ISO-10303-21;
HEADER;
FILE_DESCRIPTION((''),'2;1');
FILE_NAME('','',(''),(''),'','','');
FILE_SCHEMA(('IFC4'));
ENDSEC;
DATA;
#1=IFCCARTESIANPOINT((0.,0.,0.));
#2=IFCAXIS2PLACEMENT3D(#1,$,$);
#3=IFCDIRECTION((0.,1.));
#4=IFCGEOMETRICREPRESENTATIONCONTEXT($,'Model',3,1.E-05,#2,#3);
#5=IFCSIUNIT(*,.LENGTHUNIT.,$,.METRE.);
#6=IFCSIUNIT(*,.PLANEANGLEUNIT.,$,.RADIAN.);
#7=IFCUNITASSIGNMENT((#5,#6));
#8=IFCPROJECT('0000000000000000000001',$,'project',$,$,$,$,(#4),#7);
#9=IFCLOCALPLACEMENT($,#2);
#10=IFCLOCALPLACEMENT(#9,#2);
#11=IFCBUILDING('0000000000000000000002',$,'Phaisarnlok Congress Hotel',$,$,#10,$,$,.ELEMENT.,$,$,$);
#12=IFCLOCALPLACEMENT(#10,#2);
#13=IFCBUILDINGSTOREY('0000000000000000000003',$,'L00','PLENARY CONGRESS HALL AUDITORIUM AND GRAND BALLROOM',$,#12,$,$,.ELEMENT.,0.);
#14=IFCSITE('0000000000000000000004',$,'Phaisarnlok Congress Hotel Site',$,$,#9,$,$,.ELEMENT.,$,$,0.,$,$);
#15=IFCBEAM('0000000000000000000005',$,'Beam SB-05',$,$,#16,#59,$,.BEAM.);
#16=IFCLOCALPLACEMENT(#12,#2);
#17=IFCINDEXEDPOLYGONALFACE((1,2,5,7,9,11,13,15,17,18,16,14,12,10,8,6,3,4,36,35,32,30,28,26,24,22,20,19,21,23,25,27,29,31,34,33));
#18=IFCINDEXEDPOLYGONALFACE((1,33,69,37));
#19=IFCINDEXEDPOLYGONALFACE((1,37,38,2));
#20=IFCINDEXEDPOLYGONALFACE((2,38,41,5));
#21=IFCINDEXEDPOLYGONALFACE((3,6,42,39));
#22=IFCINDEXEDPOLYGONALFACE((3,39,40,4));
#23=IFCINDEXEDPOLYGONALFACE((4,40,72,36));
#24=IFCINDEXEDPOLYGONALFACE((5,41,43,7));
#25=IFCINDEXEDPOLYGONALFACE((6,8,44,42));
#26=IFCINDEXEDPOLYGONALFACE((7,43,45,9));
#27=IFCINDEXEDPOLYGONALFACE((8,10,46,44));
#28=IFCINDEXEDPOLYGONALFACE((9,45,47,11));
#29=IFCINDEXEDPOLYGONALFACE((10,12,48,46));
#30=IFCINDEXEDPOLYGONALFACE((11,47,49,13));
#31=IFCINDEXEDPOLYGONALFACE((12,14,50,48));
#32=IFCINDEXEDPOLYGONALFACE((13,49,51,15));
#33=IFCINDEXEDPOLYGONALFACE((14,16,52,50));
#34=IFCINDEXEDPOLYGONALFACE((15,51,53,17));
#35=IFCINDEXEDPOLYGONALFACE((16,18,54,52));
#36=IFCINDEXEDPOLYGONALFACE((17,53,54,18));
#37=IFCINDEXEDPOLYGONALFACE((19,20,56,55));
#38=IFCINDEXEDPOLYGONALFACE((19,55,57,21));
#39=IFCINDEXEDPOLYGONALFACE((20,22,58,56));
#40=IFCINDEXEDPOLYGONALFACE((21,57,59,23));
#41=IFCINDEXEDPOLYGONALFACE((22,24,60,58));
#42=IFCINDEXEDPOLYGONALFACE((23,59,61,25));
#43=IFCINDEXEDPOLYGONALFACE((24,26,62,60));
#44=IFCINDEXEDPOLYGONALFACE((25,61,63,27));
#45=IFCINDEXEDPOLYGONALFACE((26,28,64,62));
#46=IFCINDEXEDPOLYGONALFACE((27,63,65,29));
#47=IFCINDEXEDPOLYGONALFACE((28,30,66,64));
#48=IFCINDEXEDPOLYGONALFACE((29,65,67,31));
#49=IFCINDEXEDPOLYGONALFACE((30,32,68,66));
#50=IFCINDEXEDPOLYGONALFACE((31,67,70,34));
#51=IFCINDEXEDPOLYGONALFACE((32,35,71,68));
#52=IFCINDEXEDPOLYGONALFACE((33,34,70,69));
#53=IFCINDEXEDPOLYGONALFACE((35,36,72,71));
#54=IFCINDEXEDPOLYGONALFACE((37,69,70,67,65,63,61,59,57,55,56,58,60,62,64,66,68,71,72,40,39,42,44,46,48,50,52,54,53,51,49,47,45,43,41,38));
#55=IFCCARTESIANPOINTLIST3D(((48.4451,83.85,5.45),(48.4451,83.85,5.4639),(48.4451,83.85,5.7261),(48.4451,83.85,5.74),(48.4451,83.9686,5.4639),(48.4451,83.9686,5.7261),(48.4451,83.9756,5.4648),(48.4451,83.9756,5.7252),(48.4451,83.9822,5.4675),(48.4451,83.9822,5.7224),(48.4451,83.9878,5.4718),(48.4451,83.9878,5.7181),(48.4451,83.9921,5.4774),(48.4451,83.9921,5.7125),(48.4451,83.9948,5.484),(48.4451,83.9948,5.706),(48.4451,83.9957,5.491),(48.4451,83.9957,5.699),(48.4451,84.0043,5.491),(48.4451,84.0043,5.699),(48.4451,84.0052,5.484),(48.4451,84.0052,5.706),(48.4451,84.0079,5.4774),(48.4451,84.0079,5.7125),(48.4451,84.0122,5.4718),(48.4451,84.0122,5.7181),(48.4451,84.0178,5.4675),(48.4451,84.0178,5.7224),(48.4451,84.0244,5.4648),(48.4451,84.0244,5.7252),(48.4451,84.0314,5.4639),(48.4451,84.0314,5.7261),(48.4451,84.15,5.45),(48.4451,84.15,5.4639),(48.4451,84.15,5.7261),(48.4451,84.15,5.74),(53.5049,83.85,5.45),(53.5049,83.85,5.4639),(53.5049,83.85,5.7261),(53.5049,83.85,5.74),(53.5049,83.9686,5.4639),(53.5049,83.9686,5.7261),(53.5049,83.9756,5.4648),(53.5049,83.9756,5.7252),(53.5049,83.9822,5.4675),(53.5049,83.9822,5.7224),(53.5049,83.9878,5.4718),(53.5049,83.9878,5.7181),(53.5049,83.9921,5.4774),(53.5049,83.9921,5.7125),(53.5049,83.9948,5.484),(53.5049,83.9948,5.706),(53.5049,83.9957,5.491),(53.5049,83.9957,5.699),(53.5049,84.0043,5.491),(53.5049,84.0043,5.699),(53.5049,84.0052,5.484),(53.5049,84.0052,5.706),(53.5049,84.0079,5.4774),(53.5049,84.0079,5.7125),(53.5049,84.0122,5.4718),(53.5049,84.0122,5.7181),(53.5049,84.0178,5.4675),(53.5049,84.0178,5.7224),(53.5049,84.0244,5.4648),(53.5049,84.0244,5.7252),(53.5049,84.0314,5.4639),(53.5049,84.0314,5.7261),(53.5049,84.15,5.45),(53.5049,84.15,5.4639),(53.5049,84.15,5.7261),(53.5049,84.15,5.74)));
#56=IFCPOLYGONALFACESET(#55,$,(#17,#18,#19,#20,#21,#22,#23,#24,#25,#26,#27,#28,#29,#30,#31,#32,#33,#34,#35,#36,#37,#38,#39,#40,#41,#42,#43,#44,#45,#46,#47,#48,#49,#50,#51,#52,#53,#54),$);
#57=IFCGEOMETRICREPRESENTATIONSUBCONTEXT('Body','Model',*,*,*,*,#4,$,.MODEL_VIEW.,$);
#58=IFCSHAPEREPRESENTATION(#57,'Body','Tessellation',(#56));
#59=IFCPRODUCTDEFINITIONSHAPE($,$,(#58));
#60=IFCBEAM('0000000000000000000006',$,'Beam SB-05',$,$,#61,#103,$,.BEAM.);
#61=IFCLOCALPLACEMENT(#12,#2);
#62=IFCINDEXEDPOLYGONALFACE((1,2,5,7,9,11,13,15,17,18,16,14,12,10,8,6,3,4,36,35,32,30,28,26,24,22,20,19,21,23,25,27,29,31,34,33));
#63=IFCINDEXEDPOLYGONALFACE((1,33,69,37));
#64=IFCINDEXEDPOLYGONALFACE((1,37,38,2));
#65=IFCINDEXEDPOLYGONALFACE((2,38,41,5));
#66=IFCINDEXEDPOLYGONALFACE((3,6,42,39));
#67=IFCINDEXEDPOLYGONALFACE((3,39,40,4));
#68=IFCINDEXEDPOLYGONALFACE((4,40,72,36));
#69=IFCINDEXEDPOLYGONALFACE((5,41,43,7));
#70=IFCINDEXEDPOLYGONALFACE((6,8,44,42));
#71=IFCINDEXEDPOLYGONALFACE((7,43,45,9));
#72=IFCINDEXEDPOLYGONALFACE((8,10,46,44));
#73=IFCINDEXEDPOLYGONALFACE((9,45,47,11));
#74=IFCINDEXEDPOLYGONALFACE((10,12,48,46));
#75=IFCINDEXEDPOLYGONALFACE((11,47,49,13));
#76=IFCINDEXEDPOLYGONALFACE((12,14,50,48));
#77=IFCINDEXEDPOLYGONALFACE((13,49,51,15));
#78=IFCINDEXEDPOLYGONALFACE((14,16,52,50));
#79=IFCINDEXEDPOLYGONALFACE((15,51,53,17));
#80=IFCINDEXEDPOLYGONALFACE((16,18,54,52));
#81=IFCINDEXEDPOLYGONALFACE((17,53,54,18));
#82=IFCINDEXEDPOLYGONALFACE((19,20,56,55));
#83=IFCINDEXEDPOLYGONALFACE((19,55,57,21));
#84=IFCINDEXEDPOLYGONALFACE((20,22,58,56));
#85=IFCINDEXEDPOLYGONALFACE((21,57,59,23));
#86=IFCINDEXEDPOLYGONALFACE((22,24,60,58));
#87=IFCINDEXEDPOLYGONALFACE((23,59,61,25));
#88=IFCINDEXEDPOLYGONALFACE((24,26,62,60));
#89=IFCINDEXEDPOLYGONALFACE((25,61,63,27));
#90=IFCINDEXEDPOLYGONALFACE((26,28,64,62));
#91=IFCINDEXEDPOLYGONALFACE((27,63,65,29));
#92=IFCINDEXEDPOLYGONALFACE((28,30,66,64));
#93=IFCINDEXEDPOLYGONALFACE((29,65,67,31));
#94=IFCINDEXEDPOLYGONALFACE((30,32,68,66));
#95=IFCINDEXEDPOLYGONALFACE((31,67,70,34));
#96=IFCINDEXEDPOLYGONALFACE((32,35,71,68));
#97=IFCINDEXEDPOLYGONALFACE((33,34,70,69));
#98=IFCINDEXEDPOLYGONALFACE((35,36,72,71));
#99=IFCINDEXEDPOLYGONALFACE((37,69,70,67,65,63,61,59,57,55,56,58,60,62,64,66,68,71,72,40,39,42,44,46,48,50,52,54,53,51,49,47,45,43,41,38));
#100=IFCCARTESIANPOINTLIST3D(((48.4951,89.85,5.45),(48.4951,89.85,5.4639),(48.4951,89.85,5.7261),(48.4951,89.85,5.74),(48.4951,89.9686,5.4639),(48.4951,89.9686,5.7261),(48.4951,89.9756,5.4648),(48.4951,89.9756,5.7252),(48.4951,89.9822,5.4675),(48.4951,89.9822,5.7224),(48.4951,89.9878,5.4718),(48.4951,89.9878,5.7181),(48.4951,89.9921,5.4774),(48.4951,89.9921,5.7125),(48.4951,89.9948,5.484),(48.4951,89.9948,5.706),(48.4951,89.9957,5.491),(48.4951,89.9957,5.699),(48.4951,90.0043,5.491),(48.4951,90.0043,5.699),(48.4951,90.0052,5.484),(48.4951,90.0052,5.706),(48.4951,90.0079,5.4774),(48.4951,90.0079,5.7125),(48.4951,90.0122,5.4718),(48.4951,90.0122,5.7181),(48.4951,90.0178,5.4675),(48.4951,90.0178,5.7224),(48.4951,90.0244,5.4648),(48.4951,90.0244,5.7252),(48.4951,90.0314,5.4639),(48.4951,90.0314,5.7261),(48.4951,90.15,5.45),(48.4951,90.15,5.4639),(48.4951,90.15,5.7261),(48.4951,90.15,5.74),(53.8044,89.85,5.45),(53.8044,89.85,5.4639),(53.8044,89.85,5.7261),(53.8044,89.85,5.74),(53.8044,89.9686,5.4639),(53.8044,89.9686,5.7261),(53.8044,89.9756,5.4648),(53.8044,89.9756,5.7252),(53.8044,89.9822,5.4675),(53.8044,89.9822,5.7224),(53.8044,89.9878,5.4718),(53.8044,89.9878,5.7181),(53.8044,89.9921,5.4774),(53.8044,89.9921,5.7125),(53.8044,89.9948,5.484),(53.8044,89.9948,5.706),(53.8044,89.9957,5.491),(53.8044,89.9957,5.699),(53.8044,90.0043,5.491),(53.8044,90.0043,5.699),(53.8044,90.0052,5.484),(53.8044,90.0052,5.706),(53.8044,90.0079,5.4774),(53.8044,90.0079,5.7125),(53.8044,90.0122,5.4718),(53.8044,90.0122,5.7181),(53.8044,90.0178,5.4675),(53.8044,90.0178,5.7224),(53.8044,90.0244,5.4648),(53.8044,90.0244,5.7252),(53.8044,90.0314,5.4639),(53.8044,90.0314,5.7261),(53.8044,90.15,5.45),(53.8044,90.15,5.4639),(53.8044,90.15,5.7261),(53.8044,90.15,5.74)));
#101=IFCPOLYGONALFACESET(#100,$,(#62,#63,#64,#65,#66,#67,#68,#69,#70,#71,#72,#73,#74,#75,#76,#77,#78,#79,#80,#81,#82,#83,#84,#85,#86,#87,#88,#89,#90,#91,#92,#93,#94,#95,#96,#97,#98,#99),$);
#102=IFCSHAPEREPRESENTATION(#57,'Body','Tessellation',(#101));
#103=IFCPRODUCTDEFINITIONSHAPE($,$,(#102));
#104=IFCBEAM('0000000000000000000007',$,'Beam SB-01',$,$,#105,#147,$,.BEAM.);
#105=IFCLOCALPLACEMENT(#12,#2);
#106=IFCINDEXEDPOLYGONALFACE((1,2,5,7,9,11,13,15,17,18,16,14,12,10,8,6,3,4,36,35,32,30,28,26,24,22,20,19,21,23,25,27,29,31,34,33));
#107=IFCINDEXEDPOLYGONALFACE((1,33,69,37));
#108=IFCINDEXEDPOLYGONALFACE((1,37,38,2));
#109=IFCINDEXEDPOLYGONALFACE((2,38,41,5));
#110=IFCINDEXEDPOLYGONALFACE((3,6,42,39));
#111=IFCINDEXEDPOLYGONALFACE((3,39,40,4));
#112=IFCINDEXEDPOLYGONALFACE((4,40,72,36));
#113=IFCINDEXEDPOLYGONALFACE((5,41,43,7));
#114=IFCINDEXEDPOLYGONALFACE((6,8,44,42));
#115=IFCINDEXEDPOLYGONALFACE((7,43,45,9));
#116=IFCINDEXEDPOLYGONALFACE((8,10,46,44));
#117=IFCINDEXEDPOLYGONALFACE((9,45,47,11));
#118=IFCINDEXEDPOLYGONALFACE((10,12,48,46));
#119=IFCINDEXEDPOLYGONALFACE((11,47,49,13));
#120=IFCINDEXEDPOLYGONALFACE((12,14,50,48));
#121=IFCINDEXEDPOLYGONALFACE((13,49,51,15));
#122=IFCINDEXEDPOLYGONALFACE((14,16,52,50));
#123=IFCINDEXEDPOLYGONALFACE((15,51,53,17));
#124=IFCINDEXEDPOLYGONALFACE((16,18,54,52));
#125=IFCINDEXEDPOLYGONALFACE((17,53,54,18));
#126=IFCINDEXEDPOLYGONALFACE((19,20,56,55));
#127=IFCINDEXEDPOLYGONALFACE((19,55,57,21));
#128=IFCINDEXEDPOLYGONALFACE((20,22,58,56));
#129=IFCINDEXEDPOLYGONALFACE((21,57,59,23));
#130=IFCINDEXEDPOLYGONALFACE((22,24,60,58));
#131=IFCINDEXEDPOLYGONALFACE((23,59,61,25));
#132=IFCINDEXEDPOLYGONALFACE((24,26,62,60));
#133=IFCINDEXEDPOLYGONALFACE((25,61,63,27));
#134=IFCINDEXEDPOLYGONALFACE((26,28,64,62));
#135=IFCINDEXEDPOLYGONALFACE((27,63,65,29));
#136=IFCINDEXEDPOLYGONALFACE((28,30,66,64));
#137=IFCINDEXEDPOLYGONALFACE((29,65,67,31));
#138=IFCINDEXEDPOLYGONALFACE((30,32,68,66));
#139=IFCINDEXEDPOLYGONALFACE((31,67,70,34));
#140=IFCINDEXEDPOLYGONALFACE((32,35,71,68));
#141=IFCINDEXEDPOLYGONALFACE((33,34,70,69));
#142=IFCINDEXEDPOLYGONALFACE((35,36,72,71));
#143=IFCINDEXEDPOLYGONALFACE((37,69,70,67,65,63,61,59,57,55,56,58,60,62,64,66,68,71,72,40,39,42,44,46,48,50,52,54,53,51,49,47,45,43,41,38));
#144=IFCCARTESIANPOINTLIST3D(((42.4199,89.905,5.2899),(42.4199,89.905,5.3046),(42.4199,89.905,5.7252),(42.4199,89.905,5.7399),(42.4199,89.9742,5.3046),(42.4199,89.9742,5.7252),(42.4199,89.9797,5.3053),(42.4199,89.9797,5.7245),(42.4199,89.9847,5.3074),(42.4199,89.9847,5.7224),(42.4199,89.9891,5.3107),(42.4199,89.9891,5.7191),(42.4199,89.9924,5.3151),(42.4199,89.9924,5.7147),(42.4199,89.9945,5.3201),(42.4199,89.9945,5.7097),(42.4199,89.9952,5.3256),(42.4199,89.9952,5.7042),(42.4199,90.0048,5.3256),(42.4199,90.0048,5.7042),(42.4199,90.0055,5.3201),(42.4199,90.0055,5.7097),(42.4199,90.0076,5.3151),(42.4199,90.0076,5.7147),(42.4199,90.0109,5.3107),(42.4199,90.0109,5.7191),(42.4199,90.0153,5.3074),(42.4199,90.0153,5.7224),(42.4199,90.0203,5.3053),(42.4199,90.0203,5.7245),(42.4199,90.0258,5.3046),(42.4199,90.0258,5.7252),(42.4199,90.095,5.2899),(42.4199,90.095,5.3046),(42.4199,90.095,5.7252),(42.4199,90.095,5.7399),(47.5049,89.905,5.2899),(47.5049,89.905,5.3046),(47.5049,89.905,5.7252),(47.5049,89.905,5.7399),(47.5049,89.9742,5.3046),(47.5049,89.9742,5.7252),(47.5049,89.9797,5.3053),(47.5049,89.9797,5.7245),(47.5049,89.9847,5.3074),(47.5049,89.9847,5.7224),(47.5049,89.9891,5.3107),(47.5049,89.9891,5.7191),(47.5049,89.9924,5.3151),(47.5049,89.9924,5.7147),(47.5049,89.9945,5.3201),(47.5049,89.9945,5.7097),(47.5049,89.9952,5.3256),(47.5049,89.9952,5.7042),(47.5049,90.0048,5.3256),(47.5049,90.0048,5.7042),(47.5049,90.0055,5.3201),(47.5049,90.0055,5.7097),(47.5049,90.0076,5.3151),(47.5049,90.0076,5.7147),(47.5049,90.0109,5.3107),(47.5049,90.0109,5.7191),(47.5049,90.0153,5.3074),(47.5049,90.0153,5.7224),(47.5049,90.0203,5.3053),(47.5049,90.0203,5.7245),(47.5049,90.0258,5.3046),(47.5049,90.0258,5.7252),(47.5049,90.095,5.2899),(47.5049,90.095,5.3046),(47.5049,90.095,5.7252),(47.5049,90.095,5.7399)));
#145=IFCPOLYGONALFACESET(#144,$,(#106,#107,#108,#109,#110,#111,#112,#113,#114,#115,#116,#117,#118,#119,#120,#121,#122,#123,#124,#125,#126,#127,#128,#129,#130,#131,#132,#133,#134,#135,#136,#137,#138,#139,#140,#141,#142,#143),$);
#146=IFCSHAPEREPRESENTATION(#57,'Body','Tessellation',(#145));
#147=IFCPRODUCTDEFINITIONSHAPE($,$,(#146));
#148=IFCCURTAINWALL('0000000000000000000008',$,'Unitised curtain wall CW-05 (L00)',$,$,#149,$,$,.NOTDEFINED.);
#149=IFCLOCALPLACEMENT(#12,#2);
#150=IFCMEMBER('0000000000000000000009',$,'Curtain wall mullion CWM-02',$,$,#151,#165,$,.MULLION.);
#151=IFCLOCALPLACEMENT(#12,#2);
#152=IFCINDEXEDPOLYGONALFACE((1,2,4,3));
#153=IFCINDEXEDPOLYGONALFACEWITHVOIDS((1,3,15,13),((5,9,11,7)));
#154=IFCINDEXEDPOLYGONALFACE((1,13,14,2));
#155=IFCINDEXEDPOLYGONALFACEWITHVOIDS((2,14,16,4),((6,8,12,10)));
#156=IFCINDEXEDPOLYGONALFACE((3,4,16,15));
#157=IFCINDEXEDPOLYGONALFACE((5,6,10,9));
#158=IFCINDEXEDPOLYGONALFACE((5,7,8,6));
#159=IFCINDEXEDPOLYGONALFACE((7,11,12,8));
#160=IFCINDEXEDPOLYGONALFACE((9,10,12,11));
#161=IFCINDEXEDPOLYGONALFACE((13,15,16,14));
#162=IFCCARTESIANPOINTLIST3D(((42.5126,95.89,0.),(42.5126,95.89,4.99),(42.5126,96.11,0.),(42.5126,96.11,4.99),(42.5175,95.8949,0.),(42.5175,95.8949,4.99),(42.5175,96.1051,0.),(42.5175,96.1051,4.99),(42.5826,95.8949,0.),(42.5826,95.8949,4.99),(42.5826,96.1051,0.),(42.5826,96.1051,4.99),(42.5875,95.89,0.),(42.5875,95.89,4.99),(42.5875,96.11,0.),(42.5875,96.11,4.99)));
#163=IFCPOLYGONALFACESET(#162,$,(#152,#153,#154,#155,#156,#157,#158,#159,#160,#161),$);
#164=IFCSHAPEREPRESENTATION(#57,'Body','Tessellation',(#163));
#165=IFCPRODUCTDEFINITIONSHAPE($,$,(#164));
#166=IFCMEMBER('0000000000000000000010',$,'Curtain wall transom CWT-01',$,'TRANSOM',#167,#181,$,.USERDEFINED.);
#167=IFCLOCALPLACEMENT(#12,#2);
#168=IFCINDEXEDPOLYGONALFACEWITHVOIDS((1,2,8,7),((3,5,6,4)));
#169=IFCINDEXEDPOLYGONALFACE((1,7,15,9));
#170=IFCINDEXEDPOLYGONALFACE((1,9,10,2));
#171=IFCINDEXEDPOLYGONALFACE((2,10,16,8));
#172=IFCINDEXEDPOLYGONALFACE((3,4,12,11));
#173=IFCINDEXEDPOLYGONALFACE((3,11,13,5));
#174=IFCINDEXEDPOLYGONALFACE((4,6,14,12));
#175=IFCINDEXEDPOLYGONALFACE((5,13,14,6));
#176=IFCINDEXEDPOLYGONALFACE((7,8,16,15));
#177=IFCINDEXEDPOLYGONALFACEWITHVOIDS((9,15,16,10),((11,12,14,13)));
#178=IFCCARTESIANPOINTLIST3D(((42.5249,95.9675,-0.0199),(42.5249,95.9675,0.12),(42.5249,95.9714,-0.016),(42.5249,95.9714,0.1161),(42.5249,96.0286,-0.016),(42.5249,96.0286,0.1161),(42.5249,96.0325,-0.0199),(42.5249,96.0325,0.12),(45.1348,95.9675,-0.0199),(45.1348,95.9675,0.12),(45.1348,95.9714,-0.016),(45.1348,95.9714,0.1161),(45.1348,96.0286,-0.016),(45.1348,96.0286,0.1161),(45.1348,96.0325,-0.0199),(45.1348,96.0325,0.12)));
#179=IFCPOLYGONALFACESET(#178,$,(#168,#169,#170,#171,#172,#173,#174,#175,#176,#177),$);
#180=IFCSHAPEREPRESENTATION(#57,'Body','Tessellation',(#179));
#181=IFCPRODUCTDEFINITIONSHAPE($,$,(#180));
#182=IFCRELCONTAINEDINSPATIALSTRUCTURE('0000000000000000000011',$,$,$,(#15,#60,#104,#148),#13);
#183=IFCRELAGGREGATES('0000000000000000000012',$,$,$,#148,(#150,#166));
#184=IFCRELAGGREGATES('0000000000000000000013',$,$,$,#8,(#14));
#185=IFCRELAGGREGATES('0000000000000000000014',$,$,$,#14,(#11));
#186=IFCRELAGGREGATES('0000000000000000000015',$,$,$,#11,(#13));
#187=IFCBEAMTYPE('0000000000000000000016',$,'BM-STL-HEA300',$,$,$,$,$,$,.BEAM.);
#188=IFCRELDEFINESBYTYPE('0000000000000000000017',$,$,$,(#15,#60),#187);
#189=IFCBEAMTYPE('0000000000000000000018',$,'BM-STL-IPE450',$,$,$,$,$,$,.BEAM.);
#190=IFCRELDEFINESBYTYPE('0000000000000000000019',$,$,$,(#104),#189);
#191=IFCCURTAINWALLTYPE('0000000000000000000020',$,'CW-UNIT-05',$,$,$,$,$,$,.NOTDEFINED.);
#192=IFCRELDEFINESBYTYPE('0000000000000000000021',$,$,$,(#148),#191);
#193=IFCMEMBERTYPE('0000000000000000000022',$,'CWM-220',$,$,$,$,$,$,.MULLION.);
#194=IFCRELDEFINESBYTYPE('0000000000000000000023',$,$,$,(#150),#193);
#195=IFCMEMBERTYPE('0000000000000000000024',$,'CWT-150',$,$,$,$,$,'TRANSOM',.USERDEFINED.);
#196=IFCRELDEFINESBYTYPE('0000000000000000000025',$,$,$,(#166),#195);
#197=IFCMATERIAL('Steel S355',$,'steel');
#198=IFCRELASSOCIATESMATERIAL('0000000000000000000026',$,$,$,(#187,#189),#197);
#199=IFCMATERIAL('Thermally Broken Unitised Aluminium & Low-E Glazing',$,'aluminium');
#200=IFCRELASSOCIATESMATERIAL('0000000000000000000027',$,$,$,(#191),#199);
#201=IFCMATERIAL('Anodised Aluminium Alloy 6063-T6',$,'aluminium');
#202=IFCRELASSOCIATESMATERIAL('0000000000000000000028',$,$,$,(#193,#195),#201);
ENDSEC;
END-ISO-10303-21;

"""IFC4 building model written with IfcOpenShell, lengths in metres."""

from ifc_helpers import new_model, si_unit, direction, frame, origin, origin_2d, place, context, subcontext, project, spatial, hollow_rectangle, i_section, extrude, material, material_profile, profile_set, type_object, element, aggregate, save


model = new_model("IFC4")

# Units and contexts
model_context = context("Model", 3, precision=1e-05, world=origin(), true_north=direction((0.0, 1.0)))
body_context = subcontext(model_context, "Body", "Model", "MODEL_VIEW")
ifc_project = project(units=[si_unit("LENGTHUNIT", "METRE"), si_unit("PLANEANGLEUNIT", "RADIAN")], contexts=[model_context])

# Site, building, storey
site_placement = place(None, origin())
site = spatial("IfcSite", under=ifc_project, at=site_placement, Name="Phaisarnlok Congress Hotel Site", CompositionType="ELEMENT", RefElevation=0.0)
building_placement = place(site_placement, origin())
building = spatial("IfcBuilding", under=site, at=building_placement, Name="Phaisarnlok Congress Hotel", CompositionType="ELEMENT")
storey_placement = place(building_placement, origin())
storey = spatial("IfcBuildingStorey", under=building, at=storey_placement, Name="L00", Description="PLENARY CONGRESS HALL AUDITORIUM AND GRAND BALLROOM", CompositionType="ELEMENT", Elevation=0.0)

# Shared definitions
ifc_material_1 = material(Name="Steel S355", Category="steel")

# Beams
ifc_material_profile_1 = material_profile(ifc_material_1, i_section(OverallWidth=0.3, OverallDepth=0.29, WebThickness=0.0085, FlangeThickness=0.0139, FilletRadius=0.0271, at=origin_2d()), Name="HEA 300")
ifc_profile_set_1 = profile_set([ifc_material_profile_1], Name="Steel S355")
beam_type_1 = type_object("IfcBeamType", Name="BM-STL-HEA300", PredefinedType="BEAM", material=ifc_profile_set_1)
beam_1_placement = place(storey_placement, frame((48.4451, 84.0, 5.595), z_axis=(1.0, 0.0, 0.0), x_axis=(0.0, 1.0, 0.0)))
element("IfcBeam", 1, at=beam_1_placement, inside=storey, type_object=beam_type_1, Name="Beam SB-05", PredefinedType="BEAM", context=body_context, shape_type="SweptSolid", body=[
    extrude(i_section(OverallWidth=0.3, OverallDepth=0.29, WebThickness=0.0085, FlangeThickness=0.0139, FilletRadius=0.0271, at=origin_2d()), origin(), (0.0, 0.0, 1.0), 5.0598),
])
beam_2_placement = place(storey_placement, frame((48.4951, 90.0, 5.595), z_axis=(1.0, 0.0, 0.0), x_axis=(0.0, 1.0, 0.0)))
element("IfcBeam", 2, at=beam_2_placement, inside=storey, type_object=beam_type_1, Name="Beam SB-05", PredefinedType="BEAM", context=body_context, shape_type="SweptSolid", body=[
    extrude(i_section(OverallWidth=0.3, OverallDepth=0.29, WebThickness=0.0085, FlangeThickness=0.0139, FilletRadius=0.0271, at=origin_2d()), origin(), (0.0, 0.0, 1.0), 5.3093),
])
ifc_material_profile_2 = material_profile(ifc_material_1, i_section(OverallWidth=0.1899, OverallDepth=0.45, WebThickness=0.0095, FlangeThickness=0.0146, FilletRadius=0.021, at=origin_2d()), Name="IPE 450")
ifc_profile_set_2 = profile_set([ifc_material_profile_2], Name="Steel S355")
beam_type_2 = type_object("IfcBeamType", Name="BM-STL-IPE450", PredefinedType="BEAM", material=ifc_profile_set_2)
beam_3_placement = place(storey_placement, frame((42.4199, 90.0, 5.5149), z_axis=(1.0, 0.0, 0.0), x_axis=(0.0, 1.0, 0.0)))
element("IfcBeam", 3, at=beam_3_placement, inside=storey, type_object=beam_type_2, Name="Beam SB-01", PredefinedType="BEAM", context=body_context, shape_type="SweptSolid", body=[
    extrude(i_section(OverallWidth=0.1899, OverallDepth=0.45, WebThickness=0.0095, FlangeThickness=0.0146, FilletRadius=0.021, at=origin_2d()), origin(), (0.0, 0.0, 1.0), 5.085),
])

# Curtain wall, members
ifc_material_2 = material(Name="Thermally Broken Unitised Aluminium & Low-E Glazing", Category="aluminium")
curtain_wall_type = type_object("IfcCurtainWallType", Name="CW-UNIT-05", PredefinedType="NOTDEFINED", material=ifc_material_2)
curtain_wall_placement = place(storey_placement, origin())
curtain_wall = element("IfcCurtainWall", 4, at=curtain_wall_placement, inside=storey, type_object=curtain_wall_type, Name="Unitised curtain wall CW-05 (L00)", PredefinedType="NOTDEFINED")
ifc_material_3 = material(Name="Anodised Aluminium Alloy 6063-T6", Category="aluminium")
ifc_material_profile_3 = material_profile(ifc_material_3, hollow_rectangle(XDim=0.075, YDim=0.22, WallThickness=0.0049, at=origin_2d()), Name="ALU-M 75x220x5")
ifc_profile_set_3 = profile_set([ifc_material_profile_3], Name="Anodised Aluminium Alloy 6063-T6")
member_type_1 = type_object("IfcMemberType", Name="CWM-220", PredefinedType="MULLION", material=ifc_profile_set_3)
member_1_placement = place(storey_placement, frame((42.55, 96.0, 0.0), z_axis=(0.0, 0.0, 1.0), x_axis=(-1.0, 0.0, 0.0)))
member_1 = element("IfcMember", 5, at=member_1_placement, type_object=member_type_1, Name="Curtain wall mullion CWM-02", PredefinedType="MULLION", context=body_context, shape_type="SweptSolid", body=[
    extrude(hollow_rectangle(XDim=0.075, YDim=0.22, WallThickness=0.0049, at=origin_2d()), origin(), (0.0, 0.0, 1.0), 4.99),
])
ifc_material_profile_4 = material_profile(ifc_material_3, hollow_rectangle(XDim=0.0649, YDim=0.1399, WallThickness=0.0039, at=origin_2d()), Name="ALU-T 65x140x4")
ifc_profile_set_4 = profile_set([ifc_material_profile_4], Name="Anodised Aluminium Alloy 6063-T6")
member_type_2 = type_object("IfcMemberType", Name="CWT-150", ElementType="TRANSOM", PredefinedType="USERDEFINED", material=ifc_profile_set_4)
member_2_placement = place(storey_placement, frame((45.1348, 96.0, 0.05), z_axis=(-1.0, 0.0, 0.0), x_axis=(0.0, -1.0, 0.0)))
member_2 = element("IfcMember", 6, at=member_2_placement, type_object=member_type_2, Name="Curtain wall transom CWT-01", ObjectType="TRANSOM", PredefinedType="USERDEFINED", context=body_context, shape_type="SweptSolid", body=[
    extrude(hollow_rectangle(XDim=0.0649, YDim=0.1399, WallThickness=0.0039, at=origin_2d()), origin(), (0.0, 0.0, 1.0), 2.6099),
])

aggregate(curtain_wall, [member_1, member_2])

save(model, "model.ifc")
